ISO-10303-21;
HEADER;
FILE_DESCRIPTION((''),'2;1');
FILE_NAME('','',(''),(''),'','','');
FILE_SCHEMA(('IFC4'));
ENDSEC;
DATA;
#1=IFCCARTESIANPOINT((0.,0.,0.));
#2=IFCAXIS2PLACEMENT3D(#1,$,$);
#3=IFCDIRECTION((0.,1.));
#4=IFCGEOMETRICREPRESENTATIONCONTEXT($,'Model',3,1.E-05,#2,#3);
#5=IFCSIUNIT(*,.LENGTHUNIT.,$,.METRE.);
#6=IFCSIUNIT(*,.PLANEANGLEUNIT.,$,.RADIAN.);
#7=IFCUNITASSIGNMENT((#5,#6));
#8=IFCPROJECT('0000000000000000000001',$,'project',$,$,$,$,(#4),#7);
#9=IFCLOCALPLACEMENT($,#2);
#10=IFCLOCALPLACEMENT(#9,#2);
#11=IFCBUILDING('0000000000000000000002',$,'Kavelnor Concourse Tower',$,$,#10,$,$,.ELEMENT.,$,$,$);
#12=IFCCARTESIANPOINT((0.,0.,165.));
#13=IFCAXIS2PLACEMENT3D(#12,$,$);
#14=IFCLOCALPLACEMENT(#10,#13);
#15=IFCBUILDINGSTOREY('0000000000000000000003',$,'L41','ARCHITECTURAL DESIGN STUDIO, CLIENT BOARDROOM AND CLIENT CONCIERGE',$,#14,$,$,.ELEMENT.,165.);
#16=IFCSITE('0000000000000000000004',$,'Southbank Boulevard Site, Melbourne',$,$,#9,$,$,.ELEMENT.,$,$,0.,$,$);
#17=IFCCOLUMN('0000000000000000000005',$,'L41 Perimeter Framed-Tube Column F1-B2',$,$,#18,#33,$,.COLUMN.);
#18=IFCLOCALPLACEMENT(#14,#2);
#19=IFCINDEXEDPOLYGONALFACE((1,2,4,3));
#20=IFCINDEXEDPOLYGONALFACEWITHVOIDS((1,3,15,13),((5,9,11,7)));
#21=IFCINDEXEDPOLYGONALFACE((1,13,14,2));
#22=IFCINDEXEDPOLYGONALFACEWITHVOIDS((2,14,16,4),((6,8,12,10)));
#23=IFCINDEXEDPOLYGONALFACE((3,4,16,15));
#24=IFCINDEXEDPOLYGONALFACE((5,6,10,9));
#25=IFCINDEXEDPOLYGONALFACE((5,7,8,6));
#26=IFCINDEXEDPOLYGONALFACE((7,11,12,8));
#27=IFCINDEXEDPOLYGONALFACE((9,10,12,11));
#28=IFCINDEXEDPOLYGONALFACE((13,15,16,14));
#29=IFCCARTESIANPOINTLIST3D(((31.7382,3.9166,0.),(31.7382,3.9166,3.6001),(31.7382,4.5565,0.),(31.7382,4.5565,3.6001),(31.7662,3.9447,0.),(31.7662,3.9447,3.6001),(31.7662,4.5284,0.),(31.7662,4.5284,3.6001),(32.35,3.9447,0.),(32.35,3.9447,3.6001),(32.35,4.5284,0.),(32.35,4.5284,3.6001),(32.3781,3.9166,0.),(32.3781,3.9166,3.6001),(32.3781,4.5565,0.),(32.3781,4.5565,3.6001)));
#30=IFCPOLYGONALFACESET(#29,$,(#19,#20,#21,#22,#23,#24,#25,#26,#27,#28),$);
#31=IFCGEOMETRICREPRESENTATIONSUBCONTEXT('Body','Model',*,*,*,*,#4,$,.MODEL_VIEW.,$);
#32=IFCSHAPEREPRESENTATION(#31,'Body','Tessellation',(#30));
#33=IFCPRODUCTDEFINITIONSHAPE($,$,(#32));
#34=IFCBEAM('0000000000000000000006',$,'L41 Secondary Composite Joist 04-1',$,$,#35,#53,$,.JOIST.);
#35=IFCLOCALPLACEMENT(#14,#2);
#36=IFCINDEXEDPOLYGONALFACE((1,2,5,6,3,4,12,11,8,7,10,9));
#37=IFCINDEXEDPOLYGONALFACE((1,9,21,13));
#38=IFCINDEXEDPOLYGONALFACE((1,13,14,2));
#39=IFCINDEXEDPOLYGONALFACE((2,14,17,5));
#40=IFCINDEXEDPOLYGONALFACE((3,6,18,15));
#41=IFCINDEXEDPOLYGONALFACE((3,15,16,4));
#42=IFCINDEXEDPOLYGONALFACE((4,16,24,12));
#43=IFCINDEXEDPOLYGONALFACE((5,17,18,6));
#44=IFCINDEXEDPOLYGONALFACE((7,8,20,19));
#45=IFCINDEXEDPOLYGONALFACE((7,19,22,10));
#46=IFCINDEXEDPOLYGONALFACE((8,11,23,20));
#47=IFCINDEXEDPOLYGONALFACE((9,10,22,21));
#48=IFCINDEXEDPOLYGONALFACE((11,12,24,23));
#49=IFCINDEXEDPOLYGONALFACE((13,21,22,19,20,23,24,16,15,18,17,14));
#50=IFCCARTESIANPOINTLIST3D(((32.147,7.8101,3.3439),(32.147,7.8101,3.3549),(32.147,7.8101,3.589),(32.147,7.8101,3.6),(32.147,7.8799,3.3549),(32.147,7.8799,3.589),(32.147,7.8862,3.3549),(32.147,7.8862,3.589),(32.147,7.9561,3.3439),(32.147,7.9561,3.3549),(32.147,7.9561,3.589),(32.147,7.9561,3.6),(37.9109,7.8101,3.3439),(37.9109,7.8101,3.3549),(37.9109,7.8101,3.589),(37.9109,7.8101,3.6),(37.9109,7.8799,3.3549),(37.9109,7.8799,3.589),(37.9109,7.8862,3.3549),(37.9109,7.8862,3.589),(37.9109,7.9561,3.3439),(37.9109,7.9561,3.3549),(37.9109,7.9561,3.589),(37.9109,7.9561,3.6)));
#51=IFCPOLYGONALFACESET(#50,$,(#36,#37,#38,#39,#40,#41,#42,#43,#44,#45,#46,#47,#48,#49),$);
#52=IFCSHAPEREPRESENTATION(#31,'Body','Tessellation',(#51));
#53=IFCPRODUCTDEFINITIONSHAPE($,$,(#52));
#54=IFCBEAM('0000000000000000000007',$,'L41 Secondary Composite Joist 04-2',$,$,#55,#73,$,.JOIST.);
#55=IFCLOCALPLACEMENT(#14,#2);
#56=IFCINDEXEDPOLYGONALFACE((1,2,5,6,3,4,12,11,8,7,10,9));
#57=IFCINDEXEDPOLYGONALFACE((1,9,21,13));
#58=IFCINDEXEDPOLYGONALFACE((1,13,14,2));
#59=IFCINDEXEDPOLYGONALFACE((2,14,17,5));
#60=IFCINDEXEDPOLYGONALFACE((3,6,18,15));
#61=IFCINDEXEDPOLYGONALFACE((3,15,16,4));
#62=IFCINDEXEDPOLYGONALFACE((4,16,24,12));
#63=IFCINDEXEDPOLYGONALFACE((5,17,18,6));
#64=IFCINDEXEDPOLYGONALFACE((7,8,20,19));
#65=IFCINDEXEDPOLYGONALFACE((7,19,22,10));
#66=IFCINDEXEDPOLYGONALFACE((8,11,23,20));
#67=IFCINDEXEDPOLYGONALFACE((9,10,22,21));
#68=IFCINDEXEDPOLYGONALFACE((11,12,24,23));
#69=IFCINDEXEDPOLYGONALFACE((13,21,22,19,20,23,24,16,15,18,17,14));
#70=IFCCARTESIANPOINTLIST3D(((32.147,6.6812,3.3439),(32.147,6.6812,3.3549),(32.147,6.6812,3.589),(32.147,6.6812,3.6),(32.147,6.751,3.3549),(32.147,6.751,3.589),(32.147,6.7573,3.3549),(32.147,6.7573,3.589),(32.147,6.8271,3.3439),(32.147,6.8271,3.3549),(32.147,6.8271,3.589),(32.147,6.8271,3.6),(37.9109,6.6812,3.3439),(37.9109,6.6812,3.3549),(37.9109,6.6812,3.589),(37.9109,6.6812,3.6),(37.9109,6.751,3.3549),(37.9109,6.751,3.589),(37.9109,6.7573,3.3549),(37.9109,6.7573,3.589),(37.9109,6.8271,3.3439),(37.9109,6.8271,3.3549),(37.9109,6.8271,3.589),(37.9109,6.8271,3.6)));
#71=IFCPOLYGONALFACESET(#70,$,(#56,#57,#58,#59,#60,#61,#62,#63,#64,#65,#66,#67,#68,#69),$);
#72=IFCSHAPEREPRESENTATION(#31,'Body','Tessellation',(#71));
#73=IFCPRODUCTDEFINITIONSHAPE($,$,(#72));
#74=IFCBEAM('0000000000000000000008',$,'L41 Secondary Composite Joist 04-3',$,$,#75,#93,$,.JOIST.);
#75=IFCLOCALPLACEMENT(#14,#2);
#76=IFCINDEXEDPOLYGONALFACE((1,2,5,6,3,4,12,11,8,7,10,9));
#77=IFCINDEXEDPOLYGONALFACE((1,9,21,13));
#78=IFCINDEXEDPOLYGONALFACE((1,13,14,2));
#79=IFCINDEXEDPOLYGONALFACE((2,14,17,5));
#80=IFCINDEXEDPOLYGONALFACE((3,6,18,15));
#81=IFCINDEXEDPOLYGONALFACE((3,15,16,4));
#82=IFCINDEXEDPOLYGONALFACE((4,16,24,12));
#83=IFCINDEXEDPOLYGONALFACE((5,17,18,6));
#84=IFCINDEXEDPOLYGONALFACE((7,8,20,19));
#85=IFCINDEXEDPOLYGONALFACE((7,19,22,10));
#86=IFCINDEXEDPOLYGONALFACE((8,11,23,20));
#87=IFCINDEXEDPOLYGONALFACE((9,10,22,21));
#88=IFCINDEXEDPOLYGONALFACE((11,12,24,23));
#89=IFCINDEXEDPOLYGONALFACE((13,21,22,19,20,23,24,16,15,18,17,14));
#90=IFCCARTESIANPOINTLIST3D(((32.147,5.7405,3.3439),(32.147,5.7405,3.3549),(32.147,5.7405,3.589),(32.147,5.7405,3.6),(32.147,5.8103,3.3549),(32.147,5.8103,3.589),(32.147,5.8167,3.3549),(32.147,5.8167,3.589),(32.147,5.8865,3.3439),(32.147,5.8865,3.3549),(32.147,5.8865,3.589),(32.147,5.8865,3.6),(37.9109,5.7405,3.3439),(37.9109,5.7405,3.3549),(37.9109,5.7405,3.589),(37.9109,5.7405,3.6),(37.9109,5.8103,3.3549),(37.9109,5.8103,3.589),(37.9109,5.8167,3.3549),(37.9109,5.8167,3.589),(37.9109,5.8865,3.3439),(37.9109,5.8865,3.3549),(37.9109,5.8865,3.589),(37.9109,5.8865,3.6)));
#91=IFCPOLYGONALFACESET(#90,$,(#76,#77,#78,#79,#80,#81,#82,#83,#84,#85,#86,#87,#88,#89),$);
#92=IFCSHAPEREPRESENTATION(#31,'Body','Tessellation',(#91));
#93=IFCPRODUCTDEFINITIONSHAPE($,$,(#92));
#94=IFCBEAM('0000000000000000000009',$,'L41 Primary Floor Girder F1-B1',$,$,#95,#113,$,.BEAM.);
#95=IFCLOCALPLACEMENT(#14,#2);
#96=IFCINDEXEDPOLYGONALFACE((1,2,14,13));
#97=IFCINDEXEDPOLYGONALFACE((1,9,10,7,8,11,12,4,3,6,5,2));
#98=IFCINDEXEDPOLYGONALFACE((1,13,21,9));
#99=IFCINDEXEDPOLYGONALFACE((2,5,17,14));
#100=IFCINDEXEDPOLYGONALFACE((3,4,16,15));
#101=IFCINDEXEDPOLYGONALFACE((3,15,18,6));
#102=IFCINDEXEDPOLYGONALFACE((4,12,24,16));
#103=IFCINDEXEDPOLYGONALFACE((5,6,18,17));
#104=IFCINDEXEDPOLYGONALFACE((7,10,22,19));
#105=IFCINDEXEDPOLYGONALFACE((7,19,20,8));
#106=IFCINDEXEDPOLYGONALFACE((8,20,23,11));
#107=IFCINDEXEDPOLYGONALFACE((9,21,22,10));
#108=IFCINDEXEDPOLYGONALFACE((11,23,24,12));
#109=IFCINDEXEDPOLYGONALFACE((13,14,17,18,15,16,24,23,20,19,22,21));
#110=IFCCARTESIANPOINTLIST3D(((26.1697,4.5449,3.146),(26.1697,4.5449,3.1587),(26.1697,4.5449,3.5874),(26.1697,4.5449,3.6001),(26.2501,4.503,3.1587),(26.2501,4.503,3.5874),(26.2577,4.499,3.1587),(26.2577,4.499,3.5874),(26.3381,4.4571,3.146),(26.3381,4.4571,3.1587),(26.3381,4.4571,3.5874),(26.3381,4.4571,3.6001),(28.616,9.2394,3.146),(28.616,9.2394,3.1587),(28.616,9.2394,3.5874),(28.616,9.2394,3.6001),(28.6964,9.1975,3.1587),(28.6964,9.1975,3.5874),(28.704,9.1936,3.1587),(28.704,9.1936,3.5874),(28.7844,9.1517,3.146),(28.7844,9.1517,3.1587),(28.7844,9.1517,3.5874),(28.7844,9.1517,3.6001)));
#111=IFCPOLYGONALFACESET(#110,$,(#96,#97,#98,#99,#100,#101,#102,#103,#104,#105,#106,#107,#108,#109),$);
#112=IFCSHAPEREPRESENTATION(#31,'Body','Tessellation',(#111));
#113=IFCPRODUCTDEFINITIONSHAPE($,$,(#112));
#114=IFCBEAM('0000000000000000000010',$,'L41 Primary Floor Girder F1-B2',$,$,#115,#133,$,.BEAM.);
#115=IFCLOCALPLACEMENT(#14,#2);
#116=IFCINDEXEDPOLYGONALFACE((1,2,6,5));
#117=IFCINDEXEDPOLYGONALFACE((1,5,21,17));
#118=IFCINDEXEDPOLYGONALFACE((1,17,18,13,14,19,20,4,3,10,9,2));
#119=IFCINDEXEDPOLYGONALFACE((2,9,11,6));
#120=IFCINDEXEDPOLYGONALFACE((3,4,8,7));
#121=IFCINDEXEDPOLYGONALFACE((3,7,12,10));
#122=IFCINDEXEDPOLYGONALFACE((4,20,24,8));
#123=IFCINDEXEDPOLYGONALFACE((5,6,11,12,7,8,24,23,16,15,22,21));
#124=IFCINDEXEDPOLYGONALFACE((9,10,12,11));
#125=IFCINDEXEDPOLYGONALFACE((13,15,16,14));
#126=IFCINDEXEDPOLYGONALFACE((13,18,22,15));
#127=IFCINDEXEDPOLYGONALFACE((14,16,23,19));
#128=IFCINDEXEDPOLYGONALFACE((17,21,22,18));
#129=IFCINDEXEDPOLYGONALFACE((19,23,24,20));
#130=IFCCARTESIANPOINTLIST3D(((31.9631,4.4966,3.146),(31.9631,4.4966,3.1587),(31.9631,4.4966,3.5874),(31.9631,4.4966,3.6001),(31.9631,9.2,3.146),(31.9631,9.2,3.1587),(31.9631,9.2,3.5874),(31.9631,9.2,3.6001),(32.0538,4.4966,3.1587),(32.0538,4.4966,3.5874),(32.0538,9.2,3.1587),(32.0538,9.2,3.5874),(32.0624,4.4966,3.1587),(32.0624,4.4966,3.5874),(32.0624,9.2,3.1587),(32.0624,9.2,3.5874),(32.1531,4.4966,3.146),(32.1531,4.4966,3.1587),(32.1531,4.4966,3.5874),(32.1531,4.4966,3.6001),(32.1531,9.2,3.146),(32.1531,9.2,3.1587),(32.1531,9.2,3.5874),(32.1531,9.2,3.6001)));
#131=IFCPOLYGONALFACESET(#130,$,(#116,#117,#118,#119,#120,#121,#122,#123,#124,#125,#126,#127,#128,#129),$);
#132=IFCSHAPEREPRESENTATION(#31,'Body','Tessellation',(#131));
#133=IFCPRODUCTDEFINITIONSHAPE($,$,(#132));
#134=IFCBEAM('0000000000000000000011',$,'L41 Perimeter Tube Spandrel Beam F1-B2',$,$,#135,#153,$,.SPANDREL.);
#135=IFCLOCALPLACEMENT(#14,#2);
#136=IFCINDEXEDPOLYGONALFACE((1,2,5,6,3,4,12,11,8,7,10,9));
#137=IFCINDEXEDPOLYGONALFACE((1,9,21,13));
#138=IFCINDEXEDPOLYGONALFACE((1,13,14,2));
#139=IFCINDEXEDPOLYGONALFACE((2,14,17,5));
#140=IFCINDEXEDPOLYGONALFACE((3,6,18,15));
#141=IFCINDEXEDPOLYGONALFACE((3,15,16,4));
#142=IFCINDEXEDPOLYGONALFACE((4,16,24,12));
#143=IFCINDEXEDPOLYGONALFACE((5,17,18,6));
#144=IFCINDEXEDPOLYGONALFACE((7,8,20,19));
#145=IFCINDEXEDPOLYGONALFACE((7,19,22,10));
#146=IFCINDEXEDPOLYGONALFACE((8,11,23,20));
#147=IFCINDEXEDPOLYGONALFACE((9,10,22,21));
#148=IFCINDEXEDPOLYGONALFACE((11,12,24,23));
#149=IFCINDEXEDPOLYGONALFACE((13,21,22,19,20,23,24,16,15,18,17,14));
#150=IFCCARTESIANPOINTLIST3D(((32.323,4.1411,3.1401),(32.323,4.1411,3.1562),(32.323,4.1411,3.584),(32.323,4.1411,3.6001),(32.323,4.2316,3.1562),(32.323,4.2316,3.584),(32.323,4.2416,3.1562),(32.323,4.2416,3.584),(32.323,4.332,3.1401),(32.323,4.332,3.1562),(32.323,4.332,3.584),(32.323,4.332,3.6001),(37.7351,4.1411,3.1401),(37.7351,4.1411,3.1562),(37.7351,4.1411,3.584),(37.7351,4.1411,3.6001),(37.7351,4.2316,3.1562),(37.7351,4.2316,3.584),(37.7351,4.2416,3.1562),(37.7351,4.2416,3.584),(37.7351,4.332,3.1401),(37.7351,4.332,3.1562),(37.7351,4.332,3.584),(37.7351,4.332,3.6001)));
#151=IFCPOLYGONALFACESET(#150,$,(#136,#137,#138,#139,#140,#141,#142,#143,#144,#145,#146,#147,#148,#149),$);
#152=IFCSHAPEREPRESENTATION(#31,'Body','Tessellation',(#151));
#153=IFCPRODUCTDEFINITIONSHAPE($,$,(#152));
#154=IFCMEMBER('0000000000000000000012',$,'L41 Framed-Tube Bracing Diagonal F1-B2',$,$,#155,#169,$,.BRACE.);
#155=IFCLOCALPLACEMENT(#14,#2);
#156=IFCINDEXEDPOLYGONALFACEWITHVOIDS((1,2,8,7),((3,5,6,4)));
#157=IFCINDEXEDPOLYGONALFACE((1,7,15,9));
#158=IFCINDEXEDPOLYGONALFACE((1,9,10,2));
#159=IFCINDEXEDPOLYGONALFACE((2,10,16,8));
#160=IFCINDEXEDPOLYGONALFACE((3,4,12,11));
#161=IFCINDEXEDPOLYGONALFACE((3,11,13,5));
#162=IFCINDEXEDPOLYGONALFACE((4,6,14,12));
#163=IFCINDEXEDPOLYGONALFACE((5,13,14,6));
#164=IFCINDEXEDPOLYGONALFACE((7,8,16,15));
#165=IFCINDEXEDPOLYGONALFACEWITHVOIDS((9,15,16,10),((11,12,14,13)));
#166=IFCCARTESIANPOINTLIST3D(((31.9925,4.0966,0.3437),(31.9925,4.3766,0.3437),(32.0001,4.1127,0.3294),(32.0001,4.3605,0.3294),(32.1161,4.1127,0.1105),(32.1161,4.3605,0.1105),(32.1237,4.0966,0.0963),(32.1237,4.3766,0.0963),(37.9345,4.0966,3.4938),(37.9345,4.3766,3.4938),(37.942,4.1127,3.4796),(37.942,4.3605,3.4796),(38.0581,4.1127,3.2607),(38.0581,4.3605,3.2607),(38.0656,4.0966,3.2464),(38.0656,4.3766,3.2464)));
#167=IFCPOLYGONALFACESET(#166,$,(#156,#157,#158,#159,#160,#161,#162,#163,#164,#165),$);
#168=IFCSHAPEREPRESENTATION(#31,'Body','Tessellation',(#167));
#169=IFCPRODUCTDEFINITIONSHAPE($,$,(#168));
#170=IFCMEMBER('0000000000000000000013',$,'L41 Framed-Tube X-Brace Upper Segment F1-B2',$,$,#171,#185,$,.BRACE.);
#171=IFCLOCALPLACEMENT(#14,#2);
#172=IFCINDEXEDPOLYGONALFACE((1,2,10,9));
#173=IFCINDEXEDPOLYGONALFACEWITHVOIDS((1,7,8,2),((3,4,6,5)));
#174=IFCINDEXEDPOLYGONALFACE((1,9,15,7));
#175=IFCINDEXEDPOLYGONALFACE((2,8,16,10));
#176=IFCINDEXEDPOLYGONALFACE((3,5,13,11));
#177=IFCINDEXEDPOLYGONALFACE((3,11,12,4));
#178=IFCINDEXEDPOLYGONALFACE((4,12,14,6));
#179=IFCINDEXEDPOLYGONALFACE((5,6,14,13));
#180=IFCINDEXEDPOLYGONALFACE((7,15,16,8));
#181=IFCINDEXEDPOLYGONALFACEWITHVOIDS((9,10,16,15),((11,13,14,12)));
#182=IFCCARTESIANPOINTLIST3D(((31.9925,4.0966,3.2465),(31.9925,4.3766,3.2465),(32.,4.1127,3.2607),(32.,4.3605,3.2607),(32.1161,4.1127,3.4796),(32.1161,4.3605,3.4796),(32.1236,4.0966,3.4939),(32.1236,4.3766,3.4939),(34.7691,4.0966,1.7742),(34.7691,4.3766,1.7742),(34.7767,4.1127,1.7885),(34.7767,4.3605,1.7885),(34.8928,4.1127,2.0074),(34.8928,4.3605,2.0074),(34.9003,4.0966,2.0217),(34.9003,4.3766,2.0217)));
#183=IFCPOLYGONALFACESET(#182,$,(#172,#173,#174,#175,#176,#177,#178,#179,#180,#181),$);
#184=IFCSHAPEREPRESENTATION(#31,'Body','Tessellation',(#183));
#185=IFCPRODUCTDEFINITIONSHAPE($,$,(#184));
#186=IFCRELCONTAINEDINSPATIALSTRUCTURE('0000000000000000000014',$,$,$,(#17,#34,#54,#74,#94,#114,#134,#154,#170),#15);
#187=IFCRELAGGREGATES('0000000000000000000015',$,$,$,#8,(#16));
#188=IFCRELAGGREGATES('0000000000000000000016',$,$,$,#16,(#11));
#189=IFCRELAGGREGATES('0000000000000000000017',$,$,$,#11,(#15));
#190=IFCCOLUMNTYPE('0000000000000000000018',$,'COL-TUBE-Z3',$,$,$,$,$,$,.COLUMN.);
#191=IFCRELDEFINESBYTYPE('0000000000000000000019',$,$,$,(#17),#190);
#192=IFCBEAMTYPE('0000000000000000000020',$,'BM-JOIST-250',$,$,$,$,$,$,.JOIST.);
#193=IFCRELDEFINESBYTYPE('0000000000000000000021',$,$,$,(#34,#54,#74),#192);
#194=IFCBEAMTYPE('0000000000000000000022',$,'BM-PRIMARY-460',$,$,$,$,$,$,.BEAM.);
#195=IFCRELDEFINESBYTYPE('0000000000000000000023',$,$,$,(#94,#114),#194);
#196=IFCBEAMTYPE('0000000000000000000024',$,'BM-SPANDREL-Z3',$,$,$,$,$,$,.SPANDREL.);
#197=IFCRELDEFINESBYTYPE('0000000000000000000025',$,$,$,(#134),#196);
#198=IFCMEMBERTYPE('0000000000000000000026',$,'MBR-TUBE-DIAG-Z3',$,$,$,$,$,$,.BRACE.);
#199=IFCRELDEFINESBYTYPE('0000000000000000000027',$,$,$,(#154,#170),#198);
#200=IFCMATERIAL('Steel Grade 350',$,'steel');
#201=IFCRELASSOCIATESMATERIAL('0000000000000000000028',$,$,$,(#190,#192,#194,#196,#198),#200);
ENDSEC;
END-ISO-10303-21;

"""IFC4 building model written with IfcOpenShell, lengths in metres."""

from ifc_helpers import new_model, si_unit, direction, frame, origin, origin_2d, place, context, subcontext, project, spatial, hollow_rectangle, i_section, extrude, material, material_profile, profile_set, type_object, element, save


model = new_model("IFC4")

# Units and contexts
model_context = context("Model", 3, precision=1e-05, world=origin(), true_north=direction((0.0, 1.0)))
body_context = subcontext(model_context, "Body", "Model", "MODEL_VIEW")
ifc_project = project(units=[si_unit("LENGTHUNIT", "METRE"), si_unit("PLANEANGLEUNIT", "RADIAN")], contexts=[model_context])

# Site, building, storey
site_placement = place(None, origin())
site = spatial("IfcSite", under=ifc_project, at=site_placement, Name="Southbank Boulevard Site, Melbourne", CompositionType="ELEMENT", RefElevation=0.0)
building_placement = place(site_placement, origin())
building = spatial("IfcBuilding", under=site, at=building_placement, Name="Kavelnor Concourse Tower", CompositionType="ELEMENT")
storey_placement = place(building_placement, frame((0.0, 0.0, 165.0)))
storey = spatial("IfcBuildingStorey", under=building, at=storey_placement, Name="L41", Description="ARCHITECTURAL DESIGN STUDIO, CLIENT BOARDROOM AND CLIENT CONCIERGE", CompositionType="ELEMENT", Elevation=165.0)

# Column
ifc_material_1 = material(Name="Steel Grade 350", Category="steel")
ifc_material_profile_1 = material_profile(ifc_material_1, hollow_rectangle(XDim=0.6399, YDim=0.6399, WallThickness=0.0281, at=origin_2d()), Name="SHS 640x640x28")
ifc_profile_set_1 = profile_set([ifc_material_profile_1], Name="Steel Grade 350")
column_type = type_object("IfcColumnType", Name="COL-TUBE-Z3", PredefinedType="COLUMN", material=ifc_profile_set_1)
column_placement = place(storey_placement, frame((32.0581, 4.2366, 0.0), z_axis=(0.0, 0.0, 1.0), x_axis=(1.0, 0.0, 0.0)))
element("IfcColumn", 1, at=column_placement, inside=storey, type_object=column_type, Name="L41 Perimeter Framed-Tube Column F1-B2", PredefinedType="COLUMN", context=body_context, shape_type="SweptSolid", body=[
    extrude(hollow_rectangle(XDim=0.6399, YDim=0.6399, WallThickness=0.0281, at=origin_2d()), origin(), (0.0, 0.0, 1.0), 3.6001),
])

# Beams
ifc_material_profile_2 = material_profile(ifc_material_1, i_section(OverallWidth=0.146, OverallDepth=0.2561, WebThickness=0.0063, FlangeThickness=0.011, at=origin_2d()), Name="250UB37")
ifc_profile_set_2 = profile_set([ifc_material_profile_2], Name="Steel Grade 350")
beam_type_1 = type_object("IfcBeamType", Name="BM-JOIST-250", PredefinedType="JOIST", material=ifc_profile_set_2)
for number, where, z_axis, x_axis, name in (
    (2, (32.147, 7.8831, 3.4719), (1.0, 0.0, 0.0), (0.0, 1.0, 0.0), "L41 Secondary Composite Joist 04-1"),
    (3, (32.147, 6.7542, 3.4719), (1.0, 0.0, 0.0), (0.0, 1.0, 0.0), "L41 Secondary Composite Joist 04-2"),
    (4, (32.147, 5.8135, 3.4719), (1.0, 0.0, 0.0), (0.0, 1.0, 0.0), "L41 Secondary Composite Joist 04-3"),
):
    element("IfcBeam", number, at=place(storey_placement, frame(where, z_axis=z_axis, x_axis=x_axis)), inside=storey, type_object=beam_type_1, Name=name, PredefinedType="JOIST", context=body_context, shape_type="SweptSolid", body=[
        extrude(i_section(OverallWidth=0.146, OverallDepth=0.2561, WebThickness=0.0063, FlangeThickness=0.011, at=origin_2d()), origin(), (0.0, 0.0, 1.0), 5.7639),
    ])
ifc_material_profile_3 = material_profile(ifc_material_1, i_section(OverallWidth=0.1899, OverallDepth=0.4541, WebThickness=0.0085, FlangeThickness=0.0127, at=origin_2d()), Name="460UB67")
ifc_profile_set_3 = profile_set([ifc_material_profile_3], Name="Steel Grade 350")
beam_type_2 = type_object("IfcBeamType", Name="BM-PRIMARY-460", PredefinedType="BEAM", material=ifc_profile_set_3)
beam_1_placement = place(storey_placement, frame((28.7002, 9.1956, 3.373), z_axis=(-0.462112, -0.886822, 0.0), x_axis=(0.886822, -0.462112, 0.0)))
element("IfcBeam", 5, at=beam_1_placement, inside=storey, type_object=beam_type_2, Name="L41 Primary Floor Girder F1-B1", PredefinedType="BEAM", context=body_context, shape_type="SweptSolid", body=[
    extrude(i_section(OverallWidth=0.1899, OverallDepth=0.4541, WebThickness=0.0085, FlangeThickness=0.0127, at=origin_2d()), origin(), (0.0, 0.0, 1.0), 5.2937),
])
beam_2_placement = place(storey_placement, frame((32.0581, 9.2, 3.373), z_axis=(0.0, -1.0, 0.0), x_axis=(1.0, 0.0, 0.0)))
element("IfcBeam", 6, at=beam_2_placement, inside=storey, type_object=beam_type_2, Name="L41 Primary Floor Girder F1-B2", PredefinedType="BEAM", context=body_context, shape_type="SweptSolid", body=[
    extrude(i_section(OverallWidth=0.1899, OverallDepth=0.4541, WebThickness=0.0085, FlangeThickness=0.0127, at=origin_2d()), origin(), (0.0, 0.0, 1.0), 4.7034),
])
ifc_material_profile_4 = material_profile(ifc_material_1, i_section(OverallWidth=0.1909, OverallDepth=0.46, WebThickness=0.01, FlangeThickness=0.0161, at=origin_2d()), Name="460UB82")
ifc_profile_set_4 = profile_set([ifc_material_profile_4], Name="Steel Grade 350")
beam_type_3 = type_object("IfcBeamType", Name="BM-SPANDREL-Z3", PredefinedType="SPANDREL", material=ifc_profile_set_4)
beam_3_placement = place(storey_placement, frame((32.323, 4.2366, 3.3701), z_axis=(1.0, 0.0, 0.0), x_axis=(0.0, 1.0, 0.0)))
element("IfcBeam", 7, at=beam_3_placement, inside=storey, type_object=beam_type_3, Name="L41 Perimeter Tube Spandrel Beam F1-B2", PredefinedType="SPANDREL", context=body_context, shape_type="SweptSolid", body=[
    extrude(i_section(OverallWidth=0.1909, OverallDepth=0.46, WebThickness=0.01, FlangeThickness=0.0161, at=origin_2d()), origin(), (0.0, 0.0, 1.0), 5.4121),
])

# Members
ifc_material_profile_5 = material_profile(ifc_material_1, hollow_rectangle(XDim=0.28, YDim=0.28, WallThickness=0.0161, at=origin_2d()), Name="SHS 280x280x16")
ifc_profile_set_5 = profile_set([ifc_material_profile_5], Name="Steel Grade 350")
member_type = type_object("IfcMemberType", Name="MBR-TUBE-DIAG-Z3", PredefinedType="BRACE", material=ifc_profile_set_5)
member_1_placement = place(storey_placement, frame((32.0581, 4.2366, 0.22), z_axis=(0.883515, 0.0, 0.468403), x_axis=(0.0, 1.0, 0.0)))
element("IfcMember", 8, at=member_1_placement, inside=storey, type_object=member_type, Name="L41 Framed-Tube Bracing Diagonal F1-B2", PredefinedType="BRACE", context=body_context, shape_type="SweptSolid", body=[
    extrude(hollow_rectangle(XDim=0.28, YDim=0.28, WallThickness=0.0161, at=origin_2d()), origin(), (0.0, 0.0, 1.0), 6.7253),
])
member_2_placement = place(storey_placement, frame((34.8347, 4.2366, 1.8979), z_axis=(-0.883499, 0.0, 0.468434), x_axis=(0.0, -1.0, 0.0)))
element("IfcMember", 9, at=member_2_placement, inside=storey, type_object=member_type, Name="L41 Framed-Tube X-Brace Upper Segment F1-B2", PredefinedType="BRACE", context=body_context, shape_type="SweptSolid", body=[
    extrude(hollow_rectangle(XDim=0.28, YDim=0.28, WallThickness=0.0161, at=origin_2d()), origin(), (0.0, 0.0, 1.0), 3.1428),
])

save(model, "model.ifc")
